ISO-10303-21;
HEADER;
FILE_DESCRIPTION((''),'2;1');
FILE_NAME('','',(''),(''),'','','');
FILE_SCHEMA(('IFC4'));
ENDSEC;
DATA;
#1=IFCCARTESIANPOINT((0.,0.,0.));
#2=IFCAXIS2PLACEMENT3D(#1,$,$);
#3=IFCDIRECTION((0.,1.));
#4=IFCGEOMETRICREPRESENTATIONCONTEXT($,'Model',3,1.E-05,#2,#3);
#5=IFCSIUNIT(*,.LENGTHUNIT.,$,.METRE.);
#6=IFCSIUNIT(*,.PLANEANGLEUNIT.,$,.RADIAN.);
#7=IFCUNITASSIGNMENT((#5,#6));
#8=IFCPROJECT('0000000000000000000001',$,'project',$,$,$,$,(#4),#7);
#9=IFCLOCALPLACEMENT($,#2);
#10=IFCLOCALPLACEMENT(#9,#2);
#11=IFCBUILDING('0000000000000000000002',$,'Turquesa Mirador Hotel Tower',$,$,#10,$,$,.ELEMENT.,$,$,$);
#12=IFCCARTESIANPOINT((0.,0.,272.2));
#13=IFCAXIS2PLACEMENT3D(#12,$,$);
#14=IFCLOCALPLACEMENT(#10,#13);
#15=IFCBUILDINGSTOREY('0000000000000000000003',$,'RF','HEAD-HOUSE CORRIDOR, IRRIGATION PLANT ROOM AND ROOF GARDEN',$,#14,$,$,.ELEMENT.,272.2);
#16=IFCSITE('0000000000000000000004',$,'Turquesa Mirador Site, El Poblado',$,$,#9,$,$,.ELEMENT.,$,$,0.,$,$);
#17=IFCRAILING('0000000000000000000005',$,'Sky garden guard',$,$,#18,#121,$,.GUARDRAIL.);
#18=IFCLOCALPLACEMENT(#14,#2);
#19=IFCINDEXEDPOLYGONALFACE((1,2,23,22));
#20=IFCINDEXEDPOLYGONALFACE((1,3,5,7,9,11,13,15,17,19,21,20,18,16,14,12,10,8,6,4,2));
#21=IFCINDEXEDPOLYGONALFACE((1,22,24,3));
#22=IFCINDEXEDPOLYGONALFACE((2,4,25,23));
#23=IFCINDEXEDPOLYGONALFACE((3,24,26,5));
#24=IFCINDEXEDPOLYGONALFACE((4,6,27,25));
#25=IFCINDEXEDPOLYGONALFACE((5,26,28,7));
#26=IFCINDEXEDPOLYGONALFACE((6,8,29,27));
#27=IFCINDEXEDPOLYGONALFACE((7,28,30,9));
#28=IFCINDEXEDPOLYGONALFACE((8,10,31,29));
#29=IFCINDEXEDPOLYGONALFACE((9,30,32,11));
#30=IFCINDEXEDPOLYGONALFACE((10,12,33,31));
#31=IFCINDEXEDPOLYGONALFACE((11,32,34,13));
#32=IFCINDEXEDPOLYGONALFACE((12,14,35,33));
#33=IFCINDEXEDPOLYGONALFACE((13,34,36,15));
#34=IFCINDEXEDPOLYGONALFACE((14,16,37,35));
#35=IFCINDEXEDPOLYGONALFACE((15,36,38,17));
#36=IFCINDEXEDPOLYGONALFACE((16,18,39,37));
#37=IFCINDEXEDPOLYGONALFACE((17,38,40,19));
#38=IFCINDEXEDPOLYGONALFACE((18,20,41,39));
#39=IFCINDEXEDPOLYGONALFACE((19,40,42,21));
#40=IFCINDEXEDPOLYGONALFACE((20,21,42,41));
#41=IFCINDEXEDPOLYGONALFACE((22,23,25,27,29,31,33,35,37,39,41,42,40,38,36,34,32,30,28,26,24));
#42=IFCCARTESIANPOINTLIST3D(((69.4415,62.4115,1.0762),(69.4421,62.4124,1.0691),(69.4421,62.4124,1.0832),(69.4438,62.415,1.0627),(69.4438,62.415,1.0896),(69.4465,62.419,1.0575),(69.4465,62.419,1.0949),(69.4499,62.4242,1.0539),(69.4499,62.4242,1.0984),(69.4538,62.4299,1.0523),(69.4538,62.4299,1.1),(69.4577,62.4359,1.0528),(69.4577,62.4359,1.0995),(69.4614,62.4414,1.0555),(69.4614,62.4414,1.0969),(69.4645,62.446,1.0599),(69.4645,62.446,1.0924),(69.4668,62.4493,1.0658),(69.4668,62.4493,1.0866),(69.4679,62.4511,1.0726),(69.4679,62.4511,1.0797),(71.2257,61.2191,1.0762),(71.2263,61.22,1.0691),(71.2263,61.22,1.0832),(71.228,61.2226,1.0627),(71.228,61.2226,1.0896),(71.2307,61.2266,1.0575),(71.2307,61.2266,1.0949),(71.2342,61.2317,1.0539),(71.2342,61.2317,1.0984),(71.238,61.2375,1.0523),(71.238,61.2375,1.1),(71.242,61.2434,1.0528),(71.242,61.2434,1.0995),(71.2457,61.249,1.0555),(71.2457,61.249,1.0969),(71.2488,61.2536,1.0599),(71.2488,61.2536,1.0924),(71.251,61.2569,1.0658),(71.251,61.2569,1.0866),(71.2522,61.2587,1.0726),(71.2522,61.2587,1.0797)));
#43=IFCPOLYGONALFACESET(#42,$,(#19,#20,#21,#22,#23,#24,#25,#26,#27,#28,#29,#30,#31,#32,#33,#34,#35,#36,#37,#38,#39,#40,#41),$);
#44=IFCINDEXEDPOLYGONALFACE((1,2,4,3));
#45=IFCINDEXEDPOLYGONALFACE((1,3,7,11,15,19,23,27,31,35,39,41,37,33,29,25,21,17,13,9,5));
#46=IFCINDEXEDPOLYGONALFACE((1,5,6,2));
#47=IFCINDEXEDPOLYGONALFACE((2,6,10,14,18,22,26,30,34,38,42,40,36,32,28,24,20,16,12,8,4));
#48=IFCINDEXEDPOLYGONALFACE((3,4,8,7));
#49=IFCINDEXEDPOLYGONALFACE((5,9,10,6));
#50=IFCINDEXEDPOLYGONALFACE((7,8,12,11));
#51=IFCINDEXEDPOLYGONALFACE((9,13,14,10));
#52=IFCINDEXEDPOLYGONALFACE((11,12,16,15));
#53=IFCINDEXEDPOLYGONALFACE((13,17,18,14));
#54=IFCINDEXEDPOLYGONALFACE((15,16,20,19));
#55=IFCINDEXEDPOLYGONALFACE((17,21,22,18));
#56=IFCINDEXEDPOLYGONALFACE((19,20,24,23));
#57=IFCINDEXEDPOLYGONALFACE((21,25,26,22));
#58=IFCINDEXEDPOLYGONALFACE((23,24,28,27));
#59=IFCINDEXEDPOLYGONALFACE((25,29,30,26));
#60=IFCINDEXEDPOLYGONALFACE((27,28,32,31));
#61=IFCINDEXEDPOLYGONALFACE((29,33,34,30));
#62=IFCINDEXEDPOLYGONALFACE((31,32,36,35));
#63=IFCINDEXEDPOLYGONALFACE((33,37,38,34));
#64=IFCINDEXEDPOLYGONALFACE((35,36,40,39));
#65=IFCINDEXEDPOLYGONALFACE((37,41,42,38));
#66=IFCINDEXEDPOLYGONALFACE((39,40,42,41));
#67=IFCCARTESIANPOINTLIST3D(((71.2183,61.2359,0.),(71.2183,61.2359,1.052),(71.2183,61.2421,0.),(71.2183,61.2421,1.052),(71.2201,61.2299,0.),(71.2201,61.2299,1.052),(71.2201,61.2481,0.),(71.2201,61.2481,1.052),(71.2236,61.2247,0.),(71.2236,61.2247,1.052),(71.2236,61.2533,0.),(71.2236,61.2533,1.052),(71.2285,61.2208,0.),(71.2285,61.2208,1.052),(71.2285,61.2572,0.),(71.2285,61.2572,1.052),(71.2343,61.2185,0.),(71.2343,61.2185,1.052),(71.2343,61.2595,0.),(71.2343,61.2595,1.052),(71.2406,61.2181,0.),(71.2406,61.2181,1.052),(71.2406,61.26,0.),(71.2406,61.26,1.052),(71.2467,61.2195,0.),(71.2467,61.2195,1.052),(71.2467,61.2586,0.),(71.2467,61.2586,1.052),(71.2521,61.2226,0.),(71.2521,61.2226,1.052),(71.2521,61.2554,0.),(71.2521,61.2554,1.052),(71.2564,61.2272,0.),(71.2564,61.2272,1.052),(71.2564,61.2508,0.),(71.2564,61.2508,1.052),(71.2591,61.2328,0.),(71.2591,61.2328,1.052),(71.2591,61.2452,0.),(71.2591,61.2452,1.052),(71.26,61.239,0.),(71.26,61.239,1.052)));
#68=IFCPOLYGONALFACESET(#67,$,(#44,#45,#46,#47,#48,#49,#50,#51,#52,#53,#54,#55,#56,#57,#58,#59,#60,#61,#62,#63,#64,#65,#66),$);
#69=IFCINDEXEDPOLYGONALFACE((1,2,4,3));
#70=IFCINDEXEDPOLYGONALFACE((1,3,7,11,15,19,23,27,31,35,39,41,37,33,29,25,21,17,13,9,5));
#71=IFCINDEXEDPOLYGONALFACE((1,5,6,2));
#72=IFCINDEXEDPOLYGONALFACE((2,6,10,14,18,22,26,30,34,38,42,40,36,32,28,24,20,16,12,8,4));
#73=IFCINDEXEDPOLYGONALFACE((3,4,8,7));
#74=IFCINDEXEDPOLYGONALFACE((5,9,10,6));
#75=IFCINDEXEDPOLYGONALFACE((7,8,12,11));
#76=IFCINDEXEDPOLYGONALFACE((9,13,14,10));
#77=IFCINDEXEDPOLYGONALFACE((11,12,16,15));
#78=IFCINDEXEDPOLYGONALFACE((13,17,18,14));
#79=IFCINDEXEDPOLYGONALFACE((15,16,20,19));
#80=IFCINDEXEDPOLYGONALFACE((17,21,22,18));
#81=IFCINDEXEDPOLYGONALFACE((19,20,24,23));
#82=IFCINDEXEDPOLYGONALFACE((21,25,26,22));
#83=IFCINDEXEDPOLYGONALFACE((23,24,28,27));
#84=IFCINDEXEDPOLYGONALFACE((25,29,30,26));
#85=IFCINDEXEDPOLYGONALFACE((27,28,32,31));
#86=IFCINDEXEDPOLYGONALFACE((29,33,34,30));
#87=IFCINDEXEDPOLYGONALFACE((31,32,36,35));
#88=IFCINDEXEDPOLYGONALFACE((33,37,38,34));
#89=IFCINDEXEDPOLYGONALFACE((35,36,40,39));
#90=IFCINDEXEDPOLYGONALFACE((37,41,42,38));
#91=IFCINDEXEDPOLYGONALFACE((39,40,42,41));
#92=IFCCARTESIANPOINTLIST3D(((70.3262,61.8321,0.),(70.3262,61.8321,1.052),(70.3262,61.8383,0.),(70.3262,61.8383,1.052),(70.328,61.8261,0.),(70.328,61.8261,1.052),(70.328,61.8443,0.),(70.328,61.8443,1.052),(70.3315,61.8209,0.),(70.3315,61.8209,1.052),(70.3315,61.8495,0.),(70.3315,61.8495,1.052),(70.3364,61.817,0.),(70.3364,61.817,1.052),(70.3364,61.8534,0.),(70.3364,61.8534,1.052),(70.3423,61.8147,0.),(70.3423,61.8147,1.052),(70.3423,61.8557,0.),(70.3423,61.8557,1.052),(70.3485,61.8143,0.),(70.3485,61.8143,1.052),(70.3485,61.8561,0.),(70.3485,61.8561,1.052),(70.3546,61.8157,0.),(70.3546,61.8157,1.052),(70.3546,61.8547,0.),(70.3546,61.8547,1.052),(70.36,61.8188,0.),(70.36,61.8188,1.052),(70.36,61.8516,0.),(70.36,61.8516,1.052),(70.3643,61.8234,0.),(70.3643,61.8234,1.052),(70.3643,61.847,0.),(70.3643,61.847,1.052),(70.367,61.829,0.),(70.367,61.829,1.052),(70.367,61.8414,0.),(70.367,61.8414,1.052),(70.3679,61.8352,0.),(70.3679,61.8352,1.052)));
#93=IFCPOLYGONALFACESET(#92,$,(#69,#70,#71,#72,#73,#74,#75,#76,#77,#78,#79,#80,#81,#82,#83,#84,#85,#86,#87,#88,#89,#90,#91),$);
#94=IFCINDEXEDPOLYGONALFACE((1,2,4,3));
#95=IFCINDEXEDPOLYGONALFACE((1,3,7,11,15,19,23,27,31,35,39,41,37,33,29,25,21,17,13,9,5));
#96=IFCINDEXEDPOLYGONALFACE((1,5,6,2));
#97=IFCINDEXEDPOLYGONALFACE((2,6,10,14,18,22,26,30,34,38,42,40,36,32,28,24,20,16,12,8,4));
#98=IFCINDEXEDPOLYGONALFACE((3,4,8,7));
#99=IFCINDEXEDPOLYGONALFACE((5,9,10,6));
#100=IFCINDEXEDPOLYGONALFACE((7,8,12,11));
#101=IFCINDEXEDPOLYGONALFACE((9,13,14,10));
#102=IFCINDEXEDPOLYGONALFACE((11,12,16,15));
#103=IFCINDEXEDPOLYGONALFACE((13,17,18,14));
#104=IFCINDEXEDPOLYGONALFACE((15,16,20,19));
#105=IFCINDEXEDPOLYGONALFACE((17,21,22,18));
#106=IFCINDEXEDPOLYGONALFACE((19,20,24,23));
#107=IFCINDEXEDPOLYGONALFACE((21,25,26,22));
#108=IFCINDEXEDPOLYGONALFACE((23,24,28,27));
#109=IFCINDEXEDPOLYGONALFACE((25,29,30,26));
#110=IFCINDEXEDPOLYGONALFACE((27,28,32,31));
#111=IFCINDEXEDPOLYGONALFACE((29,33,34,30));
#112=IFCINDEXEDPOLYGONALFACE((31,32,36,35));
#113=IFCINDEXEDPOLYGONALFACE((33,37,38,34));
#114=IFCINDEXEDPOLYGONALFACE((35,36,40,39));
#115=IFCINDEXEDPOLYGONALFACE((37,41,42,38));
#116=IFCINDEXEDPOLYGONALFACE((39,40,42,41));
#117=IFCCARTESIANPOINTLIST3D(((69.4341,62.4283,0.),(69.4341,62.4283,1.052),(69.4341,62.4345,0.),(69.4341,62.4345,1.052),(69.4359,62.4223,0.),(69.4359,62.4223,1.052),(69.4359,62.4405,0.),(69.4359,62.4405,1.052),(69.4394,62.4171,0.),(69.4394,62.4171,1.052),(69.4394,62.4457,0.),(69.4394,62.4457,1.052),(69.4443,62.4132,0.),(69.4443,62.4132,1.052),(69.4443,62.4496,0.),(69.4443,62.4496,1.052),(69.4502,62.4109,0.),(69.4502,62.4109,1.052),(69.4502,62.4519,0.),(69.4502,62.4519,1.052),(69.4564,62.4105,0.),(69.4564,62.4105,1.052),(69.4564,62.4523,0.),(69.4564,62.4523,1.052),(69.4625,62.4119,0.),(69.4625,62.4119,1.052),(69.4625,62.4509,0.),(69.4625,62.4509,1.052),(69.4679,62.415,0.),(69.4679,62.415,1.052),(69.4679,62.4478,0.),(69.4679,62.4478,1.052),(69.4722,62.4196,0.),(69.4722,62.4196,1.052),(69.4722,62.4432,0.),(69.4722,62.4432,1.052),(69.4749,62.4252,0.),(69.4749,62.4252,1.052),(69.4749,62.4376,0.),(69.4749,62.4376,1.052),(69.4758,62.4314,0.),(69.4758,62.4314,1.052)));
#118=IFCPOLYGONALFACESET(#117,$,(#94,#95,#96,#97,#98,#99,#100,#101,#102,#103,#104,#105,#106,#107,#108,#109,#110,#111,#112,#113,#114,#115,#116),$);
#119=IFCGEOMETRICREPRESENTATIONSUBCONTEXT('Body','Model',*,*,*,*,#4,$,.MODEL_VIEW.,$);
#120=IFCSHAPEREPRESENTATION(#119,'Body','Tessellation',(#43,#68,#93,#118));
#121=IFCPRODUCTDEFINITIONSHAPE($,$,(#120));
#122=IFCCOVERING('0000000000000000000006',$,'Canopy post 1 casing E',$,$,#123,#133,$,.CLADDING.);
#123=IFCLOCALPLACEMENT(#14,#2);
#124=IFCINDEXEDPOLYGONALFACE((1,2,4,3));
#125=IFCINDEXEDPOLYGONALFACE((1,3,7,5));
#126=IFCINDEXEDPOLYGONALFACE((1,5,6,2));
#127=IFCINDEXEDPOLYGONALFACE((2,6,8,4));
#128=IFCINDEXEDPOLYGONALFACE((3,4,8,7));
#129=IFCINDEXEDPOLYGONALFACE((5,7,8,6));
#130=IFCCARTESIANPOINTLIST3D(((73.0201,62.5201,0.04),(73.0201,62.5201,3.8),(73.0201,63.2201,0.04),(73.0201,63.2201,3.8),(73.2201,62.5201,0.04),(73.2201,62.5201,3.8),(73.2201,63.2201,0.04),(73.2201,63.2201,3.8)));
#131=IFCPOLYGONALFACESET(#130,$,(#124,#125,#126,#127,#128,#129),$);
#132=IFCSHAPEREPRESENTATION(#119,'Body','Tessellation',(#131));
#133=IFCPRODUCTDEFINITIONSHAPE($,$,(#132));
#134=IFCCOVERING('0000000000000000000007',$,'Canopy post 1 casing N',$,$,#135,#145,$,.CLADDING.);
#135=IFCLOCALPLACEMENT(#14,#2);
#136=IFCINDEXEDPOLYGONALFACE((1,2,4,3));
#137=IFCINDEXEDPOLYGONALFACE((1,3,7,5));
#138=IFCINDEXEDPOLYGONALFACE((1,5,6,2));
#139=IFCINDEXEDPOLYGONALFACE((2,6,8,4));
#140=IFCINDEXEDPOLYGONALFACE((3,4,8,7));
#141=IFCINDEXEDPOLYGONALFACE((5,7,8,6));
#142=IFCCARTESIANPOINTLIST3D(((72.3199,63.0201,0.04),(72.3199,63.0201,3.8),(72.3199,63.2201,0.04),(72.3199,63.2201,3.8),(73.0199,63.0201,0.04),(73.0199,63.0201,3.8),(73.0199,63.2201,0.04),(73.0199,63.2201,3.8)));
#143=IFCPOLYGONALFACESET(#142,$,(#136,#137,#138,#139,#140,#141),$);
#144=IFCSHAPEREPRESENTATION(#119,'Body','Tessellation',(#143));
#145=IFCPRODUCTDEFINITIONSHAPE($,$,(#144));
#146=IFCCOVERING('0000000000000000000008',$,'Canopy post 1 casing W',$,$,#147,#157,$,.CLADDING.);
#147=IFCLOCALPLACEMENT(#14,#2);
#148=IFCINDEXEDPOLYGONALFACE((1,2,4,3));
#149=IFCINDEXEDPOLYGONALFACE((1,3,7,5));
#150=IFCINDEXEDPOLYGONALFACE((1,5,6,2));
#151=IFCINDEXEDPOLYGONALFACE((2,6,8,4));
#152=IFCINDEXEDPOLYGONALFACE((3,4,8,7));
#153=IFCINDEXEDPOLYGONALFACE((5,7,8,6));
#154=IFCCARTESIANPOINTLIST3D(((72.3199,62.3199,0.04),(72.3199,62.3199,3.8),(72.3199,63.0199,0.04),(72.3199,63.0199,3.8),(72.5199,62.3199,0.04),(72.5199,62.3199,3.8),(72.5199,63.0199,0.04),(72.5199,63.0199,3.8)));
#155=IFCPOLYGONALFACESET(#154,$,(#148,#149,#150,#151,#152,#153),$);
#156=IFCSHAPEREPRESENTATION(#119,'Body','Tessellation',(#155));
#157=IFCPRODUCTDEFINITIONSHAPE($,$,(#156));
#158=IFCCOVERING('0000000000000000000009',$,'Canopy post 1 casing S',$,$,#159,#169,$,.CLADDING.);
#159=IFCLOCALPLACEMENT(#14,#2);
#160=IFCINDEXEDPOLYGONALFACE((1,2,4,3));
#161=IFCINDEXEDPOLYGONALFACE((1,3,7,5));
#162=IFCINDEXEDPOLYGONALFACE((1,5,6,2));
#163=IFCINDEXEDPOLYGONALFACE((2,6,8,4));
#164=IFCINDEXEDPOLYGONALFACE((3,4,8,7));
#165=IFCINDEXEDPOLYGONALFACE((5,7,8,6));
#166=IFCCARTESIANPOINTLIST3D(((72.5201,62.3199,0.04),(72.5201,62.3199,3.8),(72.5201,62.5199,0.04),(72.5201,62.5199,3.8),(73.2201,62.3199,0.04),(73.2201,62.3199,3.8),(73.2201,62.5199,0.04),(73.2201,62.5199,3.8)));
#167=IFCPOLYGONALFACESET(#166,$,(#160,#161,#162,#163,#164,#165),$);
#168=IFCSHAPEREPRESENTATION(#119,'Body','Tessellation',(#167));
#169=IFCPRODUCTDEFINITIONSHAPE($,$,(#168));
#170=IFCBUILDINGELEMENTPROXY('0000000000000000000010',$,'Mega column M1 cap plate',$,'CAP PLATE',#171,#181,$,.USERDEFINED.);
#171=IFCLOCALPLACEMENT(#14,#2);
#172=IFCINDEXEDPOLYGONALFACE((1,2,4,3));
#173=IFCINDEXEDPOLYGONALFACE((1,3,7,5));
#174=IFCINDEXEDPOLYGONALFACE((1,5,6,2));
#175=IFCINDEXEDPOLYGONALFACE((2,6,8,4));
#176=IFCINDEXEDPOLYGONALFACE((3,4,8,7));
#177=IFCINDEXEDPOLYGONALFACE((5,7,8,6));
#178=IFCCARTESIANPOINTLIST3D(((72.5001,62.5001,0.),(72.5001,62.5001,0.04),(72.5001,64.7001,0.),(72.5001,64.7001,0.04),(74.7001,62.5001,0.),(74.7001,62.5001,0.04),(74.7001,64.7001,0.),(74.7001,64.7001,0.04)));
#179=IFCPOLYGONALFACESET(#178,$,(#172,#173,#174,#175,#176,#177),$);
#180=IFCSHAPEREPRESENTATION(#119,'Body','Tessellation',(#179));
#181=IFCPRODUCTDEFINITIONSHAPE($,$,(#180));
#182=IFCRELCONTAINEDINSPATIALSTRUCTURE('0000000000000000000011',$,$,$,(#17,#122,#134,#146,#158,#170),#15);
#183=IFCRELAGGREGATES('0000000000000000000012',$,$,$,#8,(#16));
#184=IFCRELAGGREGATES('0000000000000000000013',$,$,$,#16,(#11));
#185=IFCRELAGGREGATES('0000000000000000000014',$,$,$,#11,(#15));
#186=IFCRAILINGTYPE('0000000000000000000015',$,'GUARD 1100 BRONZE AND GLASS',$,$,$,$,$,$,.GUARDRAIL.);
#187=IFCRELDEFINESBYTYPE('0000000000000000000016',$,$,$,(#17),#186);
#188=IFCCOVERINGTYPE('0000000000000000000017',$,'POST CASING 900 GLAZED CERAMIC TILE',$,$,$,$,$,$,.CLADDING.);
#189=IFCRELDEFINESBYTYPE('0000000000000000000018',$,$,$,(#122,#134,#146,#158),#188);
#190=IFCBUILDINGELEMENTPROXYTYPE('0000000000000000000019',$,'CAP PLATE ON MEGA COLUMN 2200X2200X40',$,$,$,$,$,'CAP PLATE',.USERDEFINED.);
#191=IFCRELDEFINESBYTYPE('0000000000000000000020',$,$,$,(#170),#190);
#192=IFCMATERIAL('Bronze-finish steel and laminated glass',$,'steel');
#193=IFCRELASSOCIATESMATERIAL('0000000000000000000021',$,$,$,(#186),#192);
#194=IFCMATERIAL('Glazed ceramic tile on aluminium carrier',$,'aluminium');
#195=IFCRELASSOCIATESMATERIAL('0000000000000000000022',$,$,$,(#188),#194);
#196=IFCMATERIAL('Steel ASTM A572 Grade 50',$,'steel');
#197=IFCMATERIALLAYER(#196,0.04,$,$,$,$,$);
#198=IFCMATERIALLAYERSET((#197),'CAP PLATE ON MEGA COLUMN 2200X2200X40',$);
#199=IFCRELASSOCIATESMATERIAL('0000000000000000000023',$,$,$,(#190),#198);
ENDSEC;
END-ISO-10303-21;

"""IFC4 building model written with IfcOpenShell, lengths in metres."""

from ifc_helpers import new_model, si_unit, direction, frame, origin, origin_2d, place, context, subcontext, project, spatial, rectangle, circle, extrude, material, layer, layer_set, type_object, element, save


model = new_model("IFC4")

# Units and contexts
model_context = context("Model", 3, precision=1e-05, world=origin(), true_north=direction((0.0, 1.0)))
body_context = subcontext(model_context, "Body", "Model", "MODEL_VIEW")
ifc_project = project(units=[si_unit("LENGTHUNIT", "METRE"), si_unit("PLANEANGLEUNIT", "RADIAN")], contexts=[model_context])

# Site, building, storey
site_placement = place(None, origin())
site = spatial("IfcSite", under=ifc_project, at=site_placement, Name="Turquesa Mirador Site, El Poblado", CompositionType="ELEMENT", RefElevation=0.0)
building_placement = place(site_placement, origin())
building = spatial("IfcBuilding", under=site, at=building_placement, Name="Turquesa Mirador Hotel Tower", CompositionType="ELEMENT")
storey_placement = place(building_placement, frame((0.0, 0.0, 272.2)))
storey = spatial("IfcBuildingStorey", under=building, at=storey_placement, Name="RF", Description="HEAD-HOUSE CORRIDOR, IRRIGATION PLANT ROOM AND ROOF GARDEN", CompositionType="ELEMENT", Elevation=272.2)

# Railing
ifc_material_1 = material(Name="Bronze-finish steel and laminated glass", Category="steel")
railing_type = type_object("IfcRailingType", Name="GUARD 1100 BRONZE AND GLASS", PredefinedType="GUARDRAIL", material=ifc_material_1)
railing_1_placement = place(storey_placement, frame((71.239, 61.239, 0.0)))
element("IfcRailing", 1, at=railing_1_placement, inside=storey, type_object=railing_type, Name="Sky garden guard", PredefinedType="GUARDRAIL", context=body_context, shape_type="SweptSolid", body=[
    extrude(circle(Radius=0.0239, at=origin_2d()), frame((0.0, 0.0, 1.0762), z_axis=(-0.83142, 0.555645, 0.0), x_axis=(-0.555645, -0.83142, 0.0)), (0.0, 0.0, 1.0), 2.146),
    extrude(circle(Radius=0.021, at=origin_2d()), origin(), (0.0, 0.0, 1.0), 1.052),
    extrude(circle(Radius=0.021, at=origin_2d()), frame((-0.8921, 0.5962, 0.0)), (0.0, 0.0, 1.0), 1.052),
    extrude(circle(Radius=0.021, at=origin_2d()), frame((-1.7842, 1.1924, 0.0)), (0.0, 0.0, 1.0), 1.052),
])

# Coverings
ifc_material_2 = material(Name="Glazed ceramic tile on aluminium carrier", Category="aluminium")
covering_type_1 = type_object("IfcCoveringType", Name="POST CASING 900 GLAZED CERAMIC TILE", PredefinedType="CLADDING", material=ifc_material_2)
covering_1_placement = place(storey_placement, frame((73.1201, 62.8701, 0.04), z_axis=(0.0, 0.0, 1.0), x_axis=(1.0, 0.0, 0.0)))
element("IfcCovering", 2, at=covering_1_placement, inside=storey, type_object=covering_type_1, Name="Canopy post 1 casing E", PredefinedType="CLADDING", context=body_context, shape_type="SweptSolid", body=[
    extrude(rectangle(XDim=0.2, YDim=0.7, at=origin_2d()), origin(), (0.0, 0.0, 1.0), 3.76),
])
covering_2_placement = place(storey_placement, frame((72.6699, 63.1201, 0.04), z_axis=(0.0, 0.0, 1.0), x_axis=(1.0, 0.0, 0.0)))
element("IfcCovering", 3, at=covering_2_placement, inside=storey, type_object=covering_type_1, Name="Canopy post 1 casing N", PredefinedType="CLADDING", context=body_context, shape_type="SweptSolid", body=[
    extrude(rectangle(XDim=0.7, YDim=0.2, at=origin_2d()), origin(), (0.0, 0.0, 1.0), 3.76),
])
covering_3_placement = place(storey_placement, frame((72.4199, 62.6699, 0.04), z_axis=(0.0, 0.0, 1.0), x_axis=(1.0, 0.0, 0.0)))
element("IfcCovering", 4, at=covering_3_placement, inside=storey, type_object=covering_type_1, Name="Canopy post 1 casing W", PredefinedType="CLADDING", context=body_context, shape_type="SweptSolid", body=[
    extrude(rectangle(XDim=0.2, YDim=0.7, at=origin_2d()), origin(), (0.0, 0.0, 1.0), 3.76),
])
covering_4_placement = place(storey_placement, frame((72.8701, 62.4199, 0.04), z_axis=(0.0, 0.0, 1.0), x_axis=(1.0, 0.0, 0.0)))
element("IfcCovering", 5, at=covering_4_placement, inside=storey, type_object=covering_type_1, Name="Canopy post 1 casing S", PredefinedType="CLADDING", context=body_context, shape_type="SweptSolid", body=[
    extrude(rectangle(XDim=0.7, YDim=0.2, at=origin_2d()), origin(), (0.0, 0.0, 1.0), 3.76),
])

# Building element proxy
ifc_material_3 = material(Name="Steel ASTM A572 Grade 50", Category="steel")
ifc_layer = layer(ifc_material_3, 0.04)
ifc_layer_set = layer_set([ifc_layer], Name="CAP PLATE ON MEGA COLUMN 2200X2200X40")
building_element_proxy_type = type_object("IfcBuildingElementProxyType", Name="CAP PLATE ON MEGA COLUMN 2200X2200X40", ElementType="CAP PLATE", PredefinedType="USERDEFINED", material=ifc_layer_set)
proxy_placement = place(storey_placement, frame((73.6001, 63.6001, 0.0), z_axis=(0.0, 0.0, 1.0), x_axis=(1.0, 0.0, 0.0)))
element("IfcBuildingElementProxy", 6, at=proxy_placement, inside=storey, type_object=building_element_proxy_type, Name="Mega column M1 cap plate", ObjectType="CAP PLATE", PredefinedType="USERDEFINED", context=body_context, shape_type="SweptSolid", body=[
    extrude(rectangle(XDim=2.2, YDim=2.2, at=origin_2d()), origin(), (0.0, 0.0, 1.0), 0.04),
])

save(model, "model.ifc")
